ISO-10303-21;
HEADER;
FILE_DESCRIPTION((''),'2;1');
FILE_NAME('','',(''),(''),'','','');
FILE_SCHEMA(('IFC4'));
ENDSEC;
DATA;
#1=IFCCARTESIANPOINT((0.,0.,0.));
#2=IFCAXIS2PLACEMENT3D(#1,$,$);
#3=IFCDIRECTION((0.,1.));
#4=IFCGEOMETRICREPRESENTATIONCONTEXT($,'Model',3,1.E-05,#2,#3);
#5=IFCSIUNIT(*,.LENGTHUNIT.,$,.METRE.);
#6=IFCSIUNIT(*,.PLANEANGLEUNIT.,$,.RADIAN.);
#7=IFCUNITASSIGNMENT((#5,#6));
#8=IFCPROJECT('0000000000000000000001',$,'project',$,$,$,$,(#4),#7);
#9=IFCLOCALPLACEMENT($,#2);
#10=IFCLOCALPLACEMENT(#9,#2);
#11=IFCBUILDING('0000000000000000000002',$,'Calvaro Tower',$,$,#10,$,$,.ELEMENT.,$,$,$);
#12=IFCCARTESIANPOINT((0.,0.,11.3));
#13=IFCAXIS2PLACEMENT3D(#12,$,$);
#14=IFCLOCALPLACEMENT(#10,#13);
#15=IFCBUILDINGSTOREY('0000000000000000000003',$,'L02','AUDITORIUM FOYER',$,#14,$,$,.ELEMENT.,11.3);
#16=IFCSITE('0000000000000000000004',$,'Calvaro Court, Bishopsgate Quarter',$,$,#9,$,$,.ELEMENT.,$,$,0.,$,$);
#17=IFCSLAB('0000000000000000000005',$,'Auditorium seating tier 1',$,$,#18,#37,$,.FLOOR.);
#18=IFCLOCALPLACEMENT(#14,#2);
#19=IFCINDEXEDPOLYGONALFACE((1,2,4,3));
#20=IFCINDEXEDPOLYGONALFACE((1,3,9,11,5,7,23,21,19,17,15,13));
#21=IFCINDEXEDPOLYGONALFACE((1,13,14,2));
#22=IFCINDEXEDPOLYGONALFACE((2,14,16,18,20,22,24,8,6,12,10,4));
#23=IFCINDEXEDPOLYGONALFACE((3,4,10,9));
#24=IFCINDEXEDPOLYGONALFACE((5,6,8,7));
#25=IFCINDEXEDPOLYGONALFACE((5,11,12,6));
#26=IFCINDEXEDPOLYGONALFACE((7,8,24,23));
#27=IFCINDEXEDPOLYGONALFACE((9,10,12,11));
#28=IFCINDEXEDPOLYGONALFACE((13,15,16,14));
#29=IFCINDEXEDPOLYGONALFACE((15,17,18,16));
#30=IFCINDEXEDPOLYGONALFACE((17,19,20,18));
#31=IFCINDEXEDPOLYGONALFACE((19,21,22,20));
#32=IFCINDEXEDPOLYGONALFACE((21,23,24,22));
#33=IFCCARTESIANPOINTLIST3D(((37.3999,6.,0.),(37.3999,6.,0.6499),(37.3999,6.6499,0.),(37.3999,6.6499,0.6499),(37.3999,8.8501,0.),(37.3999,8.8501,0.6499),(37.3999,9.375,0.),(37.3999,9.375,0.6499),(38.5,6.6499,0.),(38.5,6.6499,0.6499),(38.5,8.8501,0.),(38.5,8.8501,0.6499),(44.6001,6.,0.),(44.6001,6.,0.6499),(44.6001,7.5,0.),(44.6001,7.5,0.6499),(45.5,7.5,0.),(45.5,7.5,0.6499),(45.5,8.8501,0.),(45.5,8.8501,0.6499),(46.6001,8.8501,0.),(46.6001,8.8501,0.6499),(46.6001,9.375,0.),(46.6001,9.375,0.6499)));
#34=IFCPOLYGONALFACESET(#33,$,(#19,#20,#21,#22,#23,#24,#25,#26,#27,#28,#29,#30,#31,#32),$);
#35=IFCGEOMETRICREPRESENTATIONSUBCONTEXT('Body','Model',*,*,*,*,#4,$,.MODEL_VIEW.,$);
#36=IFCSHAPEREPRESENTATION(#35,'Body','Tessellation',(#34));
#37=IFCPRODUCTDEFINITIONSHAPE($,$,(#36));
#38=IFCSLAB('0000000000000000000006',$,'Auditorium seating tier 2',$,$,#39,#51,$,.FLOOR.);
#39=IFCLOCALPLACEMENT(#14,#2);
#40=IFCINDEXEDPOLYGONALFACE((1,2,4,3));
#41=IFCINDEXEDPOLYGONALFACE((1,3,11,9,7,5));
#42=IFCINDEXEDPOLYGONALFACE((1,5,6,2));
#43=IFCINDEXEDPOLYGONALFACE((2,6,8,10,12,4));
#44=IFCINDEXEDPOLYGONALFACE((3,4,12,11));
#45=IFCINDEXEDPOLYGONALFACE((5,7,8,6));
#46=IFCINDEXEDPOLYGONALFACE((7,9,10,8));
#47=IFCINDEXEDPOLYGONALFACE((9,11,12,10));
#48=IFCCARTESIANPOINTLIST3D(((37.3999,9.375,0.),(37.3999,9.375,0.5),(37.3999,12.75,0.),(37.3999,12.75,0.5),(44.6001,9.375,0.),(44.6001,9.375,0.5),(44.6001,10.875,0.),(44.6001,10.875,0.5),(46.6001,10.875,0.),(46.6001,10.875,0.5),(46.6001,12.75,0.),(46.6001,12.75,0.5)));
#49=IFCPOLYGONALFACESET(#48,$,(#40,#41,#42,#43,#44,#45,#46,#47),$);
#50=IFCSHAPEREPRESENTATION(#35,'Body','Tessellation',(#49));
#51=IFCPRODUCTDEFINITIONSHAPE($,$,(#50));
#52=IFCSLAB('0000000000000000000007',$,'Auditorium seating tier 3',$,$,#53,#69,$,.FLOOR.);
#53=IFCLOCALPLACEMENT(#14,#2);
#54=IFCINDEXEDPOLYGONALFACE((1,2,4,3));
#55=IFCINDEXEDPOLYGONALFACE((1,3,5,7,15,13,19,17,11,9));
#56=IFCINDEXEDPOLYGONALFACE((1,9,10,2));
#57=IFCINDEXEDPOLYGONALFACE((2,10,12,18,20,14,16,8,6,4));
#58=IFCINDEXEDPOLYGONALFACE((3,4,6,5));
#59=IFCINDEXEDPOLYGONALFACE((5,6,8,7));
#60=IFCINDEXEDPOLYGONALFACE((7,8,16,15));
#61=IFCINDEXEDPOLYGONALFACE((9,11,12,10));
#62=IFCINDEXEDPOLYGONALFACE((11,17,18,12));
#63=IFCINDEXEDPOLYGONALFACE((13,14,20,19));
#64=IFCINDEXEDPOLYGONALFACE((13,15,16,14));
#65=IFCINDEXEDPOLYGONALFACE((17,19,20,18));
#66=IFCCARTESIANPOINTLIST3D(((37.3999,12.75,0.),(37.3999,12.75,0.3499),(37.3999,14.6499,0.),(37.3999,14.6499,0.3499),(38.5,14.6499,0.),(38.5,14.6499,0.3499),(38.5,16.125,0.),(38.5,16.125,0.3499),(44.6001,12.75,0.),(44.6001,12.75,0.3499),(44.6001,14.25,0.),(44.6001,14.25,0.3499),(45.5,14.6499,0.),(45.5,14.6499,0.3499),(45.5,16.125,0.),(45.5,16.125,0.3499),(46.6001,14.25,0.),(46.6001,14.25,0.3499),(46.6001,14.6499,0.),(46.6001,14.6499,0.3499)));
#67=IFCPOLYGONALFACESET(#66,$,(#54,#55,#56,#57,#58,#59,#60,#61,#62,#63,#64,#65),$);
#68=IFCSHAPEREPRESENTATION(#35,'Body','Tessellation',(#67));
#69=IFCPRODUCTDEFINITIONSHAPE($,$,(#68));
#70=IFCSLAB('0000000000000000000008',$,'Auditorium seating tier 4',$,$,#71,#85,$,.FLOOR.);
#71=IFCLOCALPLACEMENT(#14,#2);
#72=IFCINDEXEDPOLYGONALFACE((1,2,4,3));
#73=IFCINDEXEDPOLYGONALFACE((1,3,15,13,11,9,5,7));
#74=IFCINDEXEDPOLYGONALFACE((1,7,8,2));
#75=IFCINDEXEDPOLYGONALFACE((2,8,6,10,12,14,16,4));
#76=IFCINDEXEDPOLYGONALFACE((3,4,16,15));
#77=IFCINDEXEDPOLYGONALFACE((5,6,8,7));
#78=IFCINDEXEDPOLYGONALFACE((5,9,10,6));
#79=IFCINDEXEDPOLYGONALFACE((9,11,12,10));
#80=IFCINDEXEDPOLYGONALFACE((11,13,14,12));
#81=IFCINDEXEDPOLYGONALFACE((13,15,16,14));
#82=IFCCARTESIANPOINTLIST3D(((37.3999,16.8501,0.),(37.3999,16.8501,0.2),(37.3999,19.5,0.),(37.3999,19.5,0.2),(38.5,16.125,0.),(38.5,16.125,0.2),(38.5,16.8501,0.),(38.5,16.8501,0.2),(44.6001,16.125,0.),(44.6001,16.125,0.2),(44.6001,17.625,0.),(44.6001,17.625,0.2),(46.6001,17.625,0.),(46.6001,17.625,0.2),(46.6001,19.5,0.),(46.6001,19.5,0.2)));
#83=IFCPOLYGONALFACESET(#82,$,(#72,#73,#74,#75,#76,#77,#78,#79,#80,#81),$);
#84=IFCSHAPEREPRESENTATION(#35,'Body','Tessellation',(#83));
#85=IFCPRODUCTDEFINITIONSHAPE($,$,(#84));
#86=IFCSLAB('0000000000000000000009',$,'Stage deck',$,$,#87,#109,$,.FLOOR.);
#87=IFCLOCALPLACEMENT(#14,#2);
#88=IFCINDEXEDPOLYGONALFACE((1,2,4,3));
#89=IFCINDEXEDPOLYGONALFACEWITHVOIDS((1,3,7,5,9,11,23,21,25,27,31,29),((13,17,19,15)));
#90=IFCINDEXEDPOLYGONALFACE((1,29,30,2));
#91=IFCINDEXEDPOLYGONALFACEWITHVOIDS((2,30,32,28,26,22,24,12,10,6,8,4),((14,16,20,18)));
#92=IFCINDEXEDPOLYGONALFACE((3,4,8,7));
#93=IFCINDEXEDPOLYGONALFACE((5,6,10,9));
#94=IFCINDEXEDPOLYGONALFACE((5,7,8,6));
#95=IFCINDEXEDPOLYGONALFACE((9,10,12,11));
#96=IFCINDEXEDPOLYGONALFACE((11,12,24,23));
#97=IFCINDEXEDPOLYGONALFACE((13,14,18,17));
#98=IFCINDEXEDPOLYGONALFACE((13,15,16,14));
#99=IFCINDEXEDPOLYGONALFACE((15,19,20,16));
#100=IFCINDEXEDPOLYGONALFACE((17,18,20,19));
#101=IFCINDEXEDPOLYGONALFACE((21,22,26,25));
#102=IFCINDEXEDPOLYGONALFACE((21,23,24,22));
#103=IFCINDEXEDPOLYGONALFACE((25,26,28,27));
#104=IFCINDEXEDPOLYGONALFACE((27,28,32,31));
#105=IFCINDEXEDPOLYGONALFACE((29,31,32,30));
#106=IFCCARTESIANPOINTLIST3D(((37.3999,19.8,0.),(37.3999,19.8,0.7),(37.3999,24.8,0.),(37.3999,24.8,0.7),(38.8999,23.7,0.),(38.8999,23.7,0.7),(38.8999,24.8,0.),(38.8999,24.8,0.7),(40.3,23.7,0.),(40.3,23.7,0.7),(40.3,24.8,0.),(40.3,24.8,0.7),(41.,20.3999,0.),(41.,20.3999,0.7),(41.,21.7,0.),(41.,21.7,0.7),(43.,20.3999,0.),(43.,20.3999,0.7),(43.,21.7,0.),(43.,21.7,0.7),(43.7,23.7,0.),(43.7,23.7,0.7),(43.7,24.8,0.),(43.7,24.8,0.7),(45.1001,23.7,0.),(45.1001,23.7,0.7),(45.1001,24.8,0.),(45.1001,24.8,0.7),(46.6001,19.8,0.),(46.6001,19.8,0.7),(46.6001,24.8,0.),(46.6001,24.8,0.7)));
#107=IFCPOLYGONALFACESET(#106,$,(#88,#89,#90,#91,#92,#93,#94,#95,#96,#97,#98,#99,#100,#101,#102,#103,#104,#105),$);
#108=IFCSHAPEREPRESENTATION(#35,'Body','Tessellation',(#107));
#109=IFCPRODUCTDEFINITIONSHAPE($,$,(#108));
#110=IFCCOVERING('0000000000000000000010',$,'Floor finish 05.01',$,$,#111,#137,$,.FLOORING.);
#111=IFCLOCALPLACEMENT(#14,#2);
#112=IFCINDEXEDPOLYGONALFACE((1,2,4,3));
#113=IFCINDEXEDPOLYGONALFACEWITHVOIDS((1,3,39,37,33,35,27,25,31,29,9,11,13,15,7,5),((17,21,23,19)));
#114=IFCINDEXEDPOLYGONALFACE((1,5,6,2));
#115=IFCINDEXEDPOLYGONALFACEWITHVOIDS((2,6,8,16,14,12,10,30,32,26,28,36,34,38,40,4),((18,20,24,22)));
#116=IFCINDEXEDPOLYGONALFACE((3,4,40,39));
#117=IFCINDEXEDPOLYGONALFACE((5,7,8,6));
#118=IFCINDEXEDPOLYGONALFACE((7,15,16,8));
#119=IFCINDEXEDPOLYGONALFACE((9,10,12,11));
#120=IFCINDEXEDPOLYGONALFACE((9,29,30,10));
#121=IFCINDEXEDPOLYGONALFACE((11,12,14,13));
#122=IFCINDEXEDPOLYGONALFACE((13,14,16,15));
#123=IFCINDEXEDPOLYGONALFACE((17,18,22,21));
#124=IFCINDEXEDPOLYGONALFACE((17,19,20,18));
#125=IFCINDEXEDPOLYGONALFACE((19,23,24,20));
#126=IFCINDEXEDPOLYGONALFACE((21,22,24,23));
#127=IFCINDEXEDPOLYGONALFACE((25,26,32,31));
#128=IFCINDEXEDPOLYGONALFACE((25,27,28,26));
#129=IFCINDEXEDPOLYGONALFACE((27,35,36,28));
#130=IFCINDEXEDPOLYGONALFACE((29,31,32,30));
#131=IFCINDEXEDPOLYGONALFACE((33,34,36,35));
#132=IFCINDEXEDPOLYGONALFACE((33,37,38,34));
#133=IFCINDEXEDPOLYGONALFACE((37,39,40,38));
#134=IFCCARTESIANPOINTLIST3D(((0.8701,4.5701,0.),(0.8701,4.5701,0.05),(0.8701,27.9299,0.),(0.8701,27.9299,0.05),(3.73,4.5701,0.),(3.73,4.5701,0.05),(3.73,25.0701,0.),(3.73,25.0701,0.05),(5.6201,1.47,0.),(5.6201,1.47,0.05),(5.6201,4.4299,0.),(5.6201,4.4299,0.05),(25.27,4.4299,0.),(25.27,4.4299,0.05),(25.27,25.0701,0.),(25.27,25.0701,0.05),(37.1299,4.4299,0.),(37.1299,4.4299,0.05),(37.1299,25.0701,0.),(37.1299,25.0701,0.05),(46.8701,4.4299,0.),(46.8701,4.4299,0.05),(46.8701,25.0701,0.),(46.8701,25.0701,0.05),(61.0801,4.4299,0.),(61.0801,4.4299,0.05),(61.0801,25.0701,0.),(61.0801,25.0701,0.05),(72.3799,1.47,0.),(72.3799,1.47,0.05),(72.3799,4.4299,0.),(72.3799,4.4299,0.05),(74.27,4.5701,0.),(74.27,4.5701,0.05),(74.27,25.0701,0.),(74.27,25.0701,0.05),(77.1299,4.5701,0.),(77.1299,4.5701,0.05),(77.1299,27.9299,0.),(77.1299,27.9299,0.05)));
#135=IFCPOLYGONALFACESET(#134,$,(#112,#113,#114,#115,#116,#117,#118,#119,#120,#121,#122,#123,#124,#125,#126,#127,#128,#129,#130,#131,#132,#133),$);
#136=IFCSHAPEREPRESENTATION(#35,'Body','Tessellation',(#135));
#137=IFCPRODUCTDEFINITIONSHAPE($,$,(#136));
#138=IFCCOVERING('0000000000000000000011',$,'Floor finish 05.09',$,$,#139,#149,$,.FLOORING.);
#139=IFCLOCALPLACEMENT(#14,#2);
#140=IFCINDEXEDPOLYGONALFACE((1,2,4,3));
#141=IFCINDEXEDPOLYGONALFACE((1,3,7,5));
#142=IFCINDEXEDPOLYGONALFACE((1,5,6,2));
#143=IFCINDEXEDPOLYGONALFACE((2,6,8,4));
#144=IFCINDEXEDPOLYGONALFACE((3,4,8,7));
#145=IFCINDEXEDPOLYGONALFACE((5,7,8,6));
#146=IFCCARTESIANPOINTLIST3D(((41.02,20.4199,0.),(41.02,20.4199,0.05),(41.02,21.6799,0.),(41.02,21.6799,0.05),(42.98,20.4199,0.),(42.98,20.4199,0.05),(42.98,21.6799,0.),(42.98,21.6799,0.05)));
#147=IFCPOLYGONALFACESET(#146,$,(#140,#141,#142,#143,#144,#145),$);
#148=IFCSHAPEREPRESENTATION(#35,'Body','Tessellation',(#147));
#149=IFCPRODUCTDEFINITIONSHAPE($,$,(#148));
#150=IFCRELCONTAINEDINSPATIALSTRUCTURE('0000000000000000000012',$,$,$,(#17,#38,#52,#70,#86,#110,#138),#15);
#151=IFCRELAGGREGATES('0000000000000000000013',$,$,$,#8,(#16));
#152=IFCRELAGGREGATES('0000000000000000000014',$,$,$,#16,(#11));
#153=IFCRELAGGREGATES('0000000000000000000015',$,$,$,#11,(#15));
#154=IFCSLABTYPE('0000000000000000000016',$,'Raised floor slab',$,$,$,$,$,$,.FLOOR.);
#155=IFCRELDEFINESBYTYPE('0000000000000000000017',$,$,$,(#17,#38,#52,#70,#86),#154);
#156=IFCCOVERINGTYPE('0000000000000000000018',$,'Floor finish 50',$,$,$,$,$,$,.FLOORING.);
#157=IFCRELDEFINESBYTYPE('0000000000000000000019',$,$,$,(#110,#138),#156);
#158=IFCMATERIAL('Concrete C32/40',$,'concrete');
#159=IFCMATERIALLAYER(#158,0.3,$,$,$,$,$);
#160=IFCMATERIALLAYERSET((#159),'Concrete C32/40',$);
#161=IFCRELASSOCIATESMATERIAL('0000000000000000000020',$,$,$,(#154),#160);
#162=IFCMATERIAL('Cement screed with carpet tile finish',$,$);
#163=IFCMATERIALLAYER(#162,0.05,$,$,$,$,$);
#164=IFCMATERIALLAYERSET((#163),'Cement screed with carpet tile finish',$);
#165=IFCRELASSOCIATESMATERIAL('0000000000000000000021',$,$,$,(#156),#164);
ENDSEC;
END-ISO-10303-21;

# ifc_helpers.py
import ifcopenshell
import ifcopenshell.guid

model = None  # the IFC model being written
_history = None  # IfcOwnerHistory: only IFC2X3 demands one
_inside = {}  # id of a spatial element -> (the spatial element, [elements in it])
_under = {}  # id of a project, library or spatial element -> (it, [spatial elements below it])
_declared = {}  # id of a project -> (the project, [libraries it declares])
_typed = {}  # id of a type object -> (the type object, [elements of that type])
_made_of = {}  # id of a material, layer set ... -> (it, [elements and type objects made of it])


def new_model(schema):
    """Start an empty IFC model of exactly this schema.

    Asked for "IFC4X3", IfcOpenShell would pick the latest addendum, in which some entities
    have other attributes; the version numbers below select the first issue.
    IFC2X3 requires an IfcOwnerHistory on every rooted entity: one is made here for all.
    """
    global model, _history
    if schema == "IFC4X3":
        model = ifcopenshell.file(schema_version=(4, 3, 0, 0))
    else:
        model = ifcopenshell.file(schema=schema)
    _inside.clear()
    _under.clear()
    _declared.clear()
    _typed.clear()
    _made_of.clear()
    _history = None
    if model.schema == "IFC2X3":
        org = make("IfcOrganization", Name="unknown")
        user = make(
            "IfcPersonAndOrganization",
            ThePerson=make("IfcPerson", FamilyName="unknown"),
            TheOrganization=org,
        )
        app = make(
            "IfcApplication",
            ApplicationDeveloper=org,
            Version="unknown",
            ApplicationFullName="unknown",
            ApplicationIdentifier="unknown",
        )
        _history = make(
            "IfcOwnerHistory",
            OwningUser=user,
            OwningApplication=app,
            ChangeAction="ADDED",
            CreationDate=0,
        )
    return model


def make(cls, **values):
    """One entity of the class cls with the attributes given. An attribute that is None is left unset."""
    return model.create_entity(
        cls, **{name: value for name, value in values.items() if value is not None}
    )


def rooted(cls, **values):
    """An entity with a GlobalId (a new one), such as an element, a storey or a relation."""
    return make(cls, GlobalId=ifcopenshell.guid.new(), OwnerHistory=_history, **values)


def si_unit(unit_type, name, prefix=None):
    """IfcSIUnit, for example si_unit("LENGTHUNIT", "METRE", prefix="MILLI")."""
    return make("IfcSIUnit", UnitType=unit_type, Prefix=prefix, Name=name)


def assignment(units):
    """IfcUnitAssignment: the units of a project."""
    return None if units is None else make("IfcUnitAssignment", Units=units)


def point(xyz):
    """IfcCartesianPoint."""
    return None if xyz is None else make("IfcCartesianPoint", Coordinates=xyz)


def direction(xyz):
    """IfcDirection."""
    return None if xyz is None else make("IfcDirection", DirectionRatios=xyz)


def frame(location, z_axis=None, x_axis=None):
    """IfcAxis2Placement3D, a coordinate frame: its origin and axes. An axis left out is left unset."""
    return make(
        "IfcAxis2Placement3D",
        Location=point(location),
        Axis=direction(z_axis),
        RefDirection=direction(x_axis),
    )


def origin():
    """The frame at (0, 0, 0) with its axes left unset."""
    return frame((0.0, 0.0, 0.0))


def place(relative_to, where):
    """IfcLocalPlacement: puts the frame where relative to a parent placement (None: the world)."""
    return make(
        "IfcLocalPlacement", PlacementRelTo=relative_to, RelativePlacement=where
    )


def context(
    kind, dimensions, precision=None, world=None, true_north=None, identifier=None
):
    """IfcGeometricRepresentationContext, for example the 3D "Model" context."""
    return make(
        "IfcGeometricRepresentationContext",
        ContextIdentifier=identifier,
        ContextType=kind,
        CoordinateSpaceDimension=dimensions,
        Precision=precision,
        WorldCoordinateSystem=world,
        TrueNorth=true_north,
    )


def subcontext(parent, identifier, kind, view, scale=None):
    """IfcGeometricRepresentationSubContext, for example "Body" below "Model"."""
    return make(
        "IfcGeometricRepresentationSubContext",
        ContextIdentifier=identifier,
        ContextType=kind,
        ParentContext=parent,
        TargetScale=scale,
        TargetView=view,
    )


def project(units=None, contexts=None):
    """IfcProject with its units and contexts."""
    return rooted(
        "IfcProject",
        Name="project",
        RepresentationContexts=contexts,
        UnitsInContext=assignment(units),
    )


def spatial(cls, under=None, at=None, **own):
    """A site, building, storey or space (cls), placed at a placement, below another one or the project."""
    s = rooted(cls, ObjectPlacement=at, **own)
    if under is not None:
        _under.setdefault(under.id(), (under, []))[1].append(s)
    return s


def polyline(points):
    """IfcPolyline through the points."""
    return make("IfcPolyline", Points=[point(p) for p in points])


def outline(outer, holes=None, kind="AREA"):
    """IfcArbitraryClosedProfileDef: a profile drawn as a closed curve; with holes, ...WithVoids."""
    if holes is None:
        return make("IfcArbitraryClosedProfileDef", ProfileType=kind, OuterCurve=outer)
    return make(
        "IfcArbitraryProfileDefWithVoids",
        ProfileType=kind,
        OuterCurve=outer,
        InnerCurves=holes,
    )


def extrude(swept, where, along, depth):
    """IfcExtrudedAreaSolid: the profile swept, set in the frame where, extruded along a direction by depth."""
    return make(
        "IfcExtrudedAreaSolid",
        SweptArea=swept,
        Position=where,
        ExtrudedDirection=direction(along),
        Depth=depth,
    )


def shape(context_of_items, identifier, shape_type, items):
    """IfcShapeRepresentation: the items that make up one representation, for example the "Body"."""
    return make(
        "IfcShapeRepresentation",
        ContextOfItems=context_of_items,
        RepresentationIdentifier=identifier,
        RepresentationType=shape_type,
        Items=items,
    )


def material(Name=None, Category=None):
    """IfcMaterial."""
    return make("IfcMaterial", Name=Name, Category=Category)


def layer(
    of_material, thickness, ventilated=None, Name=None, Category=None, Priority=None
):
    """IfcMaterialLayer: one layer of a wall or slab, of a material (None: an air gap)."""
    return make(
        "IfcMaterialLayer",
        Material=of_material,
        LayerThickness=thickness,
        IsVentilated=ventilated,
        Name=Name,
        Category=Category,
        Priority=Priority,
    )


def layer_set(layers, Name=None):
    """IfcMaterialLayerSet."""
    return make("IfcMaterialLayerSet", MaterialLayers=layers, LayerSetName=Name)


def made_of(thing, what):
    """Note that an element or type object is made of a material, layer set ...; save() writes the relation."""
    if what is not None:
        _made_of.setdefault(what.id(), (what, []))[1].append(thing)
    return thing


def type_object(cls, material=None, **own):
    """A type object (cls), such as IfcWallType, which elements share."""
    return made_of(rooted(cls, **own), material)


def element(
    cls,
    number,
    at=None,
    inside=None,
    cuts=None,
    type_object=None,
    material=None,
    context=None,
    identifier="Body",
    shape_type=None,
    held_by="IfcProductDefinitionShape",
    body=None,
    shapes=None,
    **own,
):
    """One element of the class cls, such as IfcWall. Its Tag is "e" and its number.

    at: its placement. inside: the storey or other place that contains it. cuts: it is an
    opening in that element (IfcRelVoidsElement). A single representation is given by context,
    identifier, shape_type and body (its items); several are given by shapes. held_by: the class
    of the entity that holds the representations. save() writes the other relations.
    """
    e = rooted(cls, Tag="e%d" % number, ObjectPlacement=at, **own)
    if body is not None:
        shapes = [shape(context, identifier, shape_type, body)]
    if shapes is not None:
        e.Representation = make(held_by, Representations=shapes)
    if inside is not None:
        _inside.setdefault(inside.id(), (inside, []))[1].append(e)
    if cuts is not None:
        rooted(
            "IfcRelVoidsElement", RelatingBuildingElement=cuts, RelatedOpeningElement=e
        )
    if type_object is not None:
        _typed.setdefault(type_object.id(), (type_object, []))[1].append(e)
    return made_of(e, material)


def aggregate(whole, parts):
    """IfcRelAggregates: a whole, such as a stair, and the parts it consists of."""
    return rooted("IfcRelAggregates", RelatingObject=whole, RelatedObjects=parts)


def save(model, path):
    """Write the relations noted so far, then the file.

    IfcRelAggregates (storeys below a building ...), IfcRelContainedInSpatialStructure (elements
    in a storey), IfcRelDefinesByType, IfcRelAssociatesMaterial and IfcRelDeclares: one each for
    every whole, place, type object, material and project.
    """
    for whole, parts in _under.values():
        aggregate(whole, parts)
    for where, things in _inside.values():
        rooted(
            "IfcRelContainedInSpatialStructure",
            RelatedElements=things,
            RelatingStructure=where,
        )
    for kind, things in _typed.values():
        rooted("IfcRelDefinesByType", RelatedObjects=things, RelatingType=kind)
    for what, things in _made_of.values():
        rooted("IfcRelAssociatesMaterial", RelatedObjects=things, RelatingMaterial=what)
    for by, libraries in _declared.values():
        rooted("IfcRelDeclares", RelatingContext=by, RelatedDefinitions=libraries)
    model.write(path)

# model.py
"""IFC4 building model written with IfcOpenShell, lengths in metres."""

from ifc_helpers import new_model, si_unit, direction, frame, origin, place, context, subcontext, project, spatial, polyline, outline, extrude, material, layer, layer_set, type_object, element, save


model = new_model("IFC4")

# Units and contexts
model_context = context("Model", 3, precision=1e-05, world=origin(), true_north=direction((0.0, 1.0)))
body_context = subcontext(model_context, "Body", "Model", "MODEL_VIEW")
ifc_project = project(units=[si_unit("LENGTHUNIT", "METRE"), si_unit("PLANEANGLEUNIT", "RADIAN")], contexts=[model_context])

# Site, building, storey
site_placement = place(None, origin())
site = spatial("IfcSite", under=ifc_project, at=site_placement, Name="Calvaro Court, Bishopsgate Quarter", CompositionType="ELEMENT", RefElevation=0.0)
building_placement = place(site_placement, origin())
building = spatial("IfcBuilding", under=site, at=building_placement, Name="Calvaro Tower", CompositionType="ELEMENT")
storey_placement = place(building_placement, frame((0.0, 0.0, 11.3)))
storey = spatial("IfcBuildingStorey", under=building, at=storey_placement, Name="L02", Description="AUDITORIUM FOYER", CompositionType="ELEMENT", Elevation=11.3)

# Slabs
ifc_material_1 = material(Name="Concrete C32/40", Category="concrete")
ifc_layer_1 = layer(ifc_material_1, 0.3)
ifc_layer_set_1 = layer_set([ifc_layer_1], Name="Concrete C32/40")
slab_type_1 = type_object("IfcSlabType", Name="Raised floor slab", PredefinedType="FLOOR", material=ifc_layer_set_1)
slab_1_placement = place(storey_placement, origin())
element("IfcSlab", 1, at=slab_1_placement, inside=storey, type_object=slab_type_1, Name="Auditorium seating tier 1", PredefinedType="FLOOR", context=body_context, shape_type="SweptSolid", body=[
    extrude(outline(polyline([(37.3999, 6.6499), (38.5, 6.6499), (38.5, 8.8501), (37.3999, 8.8501), (37.3999, 9.375), (46.6001, 9.375), (46.6001, 8.8501), (45.5, 8.8501), (45.5, 7.5), (44.6001, 7.5), (44.6001, 6.0), (37.3999, 6.0), (37.3999, 6.6499)])), origin(), (0.0, 0.0, 1.0), 0.6499),
])
slab_2_placement = place(storey_placement, origin())
element("IfcSlab", 2, at=slab_2_placement, inside=storey, type_object=slab_type_1, Name="Auditorium seating tier 2", PredefinedType="FLOOR", context=body_context, shape_type="SweptSolid", body=[
    extrude(outline(polyline([(37.3999, 12.75), (46.6001, 12.75), (46.6001, 10.875), (44.6001, 10.875), (44.6001, 9.375), (37.3999, 9.375), (37.3999, 12.75)])), origin(), (0.0, 0.0, 1.0), 0.5),
])
slab_3_placement = place(storey_placement, origin())
element("IfcSlab", 3, at=slab_3_placement, inside=storey, type_object=slab_type_1, Name="Auditorium seating tier 3", PredefinedType="FLOOR", context=body_context, shape_type="SweptSolid", body=[
    extrude(outline(polyline([(37.3999, 14.6499), (38.5, 14.6499), (38.5, 16.125), (45.5, 16.125), (45.5, 14.6499), (46.6001, 14.6499), (46.6001, 14.25), (44.6001, 14.25), (44.6001, 12.75), (37.3999, 12.75), (37.3999, 14.6499)])), origin(), (0.0, 0.0, 1.0), 0.3499),
])
slab_4_placement = place(storey_placement, origin())
element("IfcSlab", 4, at=slab_4_placement, inside=storey, type_object=slab_type_1, Name="Auditorium seating tier 4", PredefinedType="FLOOR", context=body_context, shape_type="SweptSolid", body=[
    extrude(outline(polyline([(37.3999, 19.5), (46.6001, 19.5), (46.6001, 17.625), (44.6001, 17.625), (44.6001, 16.125), (38.5, 16.125), (38.5, 16.8501), (37.3999, 16.8501), (37.3999, 19.5)])), origin(), (0.0, 0.0, 1.0), 0.2),
])
slab_5_placement = place(storey_placement, origin())
element("IfcSlab", 5, at=slab_5_placement, inside=storey, type_object=slab_type_1, Name="Stage deck", PredefinedType="FLOOR", context=body_context, shape_type="SweptSolid", body=[
    extrude(outline(polyline([(37.3999, 24.8), (38.8999, 24.8), (38.8999, 23.7), (40.3, 23.7), (40.3, 24.8), (43.7, 24.8), (43.7, 23.7), (45.1001, 23.7), (45.1001, 24.8), (46.6001, 24.8), (46.6001, 19.8), (37.3999, 19.8), (37.3999, 24.8)]), holes=[polyline([(41.0, 21.7), (41.0, 20.3999), (43.0, 20.3999), (43.0, 21.7), (41.0, 21.7)])]), origin(), (0.0, 0.0, 1.0), 0.7),
])

# Coverings
ifc_material_2 = material(Name="Cement screed with carpet tile finish")
ifc_layer_2 = layer(ifc_material_2, 0.05)
ifc_layer_set_2 = layer_set([ifc_layer_2], Name="Cement screed with carpet tile finish")
covering_type = type_object("IfcCoveringType", Name="Floor finish 50", PredefinedType="FLOORING", material=ifc_layer_set_2)
covering_1_placement = place(storey_placement, origin())
element("IfcCovering", 6, at=covering_1_placement, inside=storey, type_object=covering_type, Name="Floor finish 05.01", PredefinedType="FLOORING", context=body_context, shape_type="SweptSolid", body=[
    extrude(outline(polyline([(5.6201, 4.4299), (25.27, 4.4299), (25.27, 25.0701), (3.73, 25.0701), (3.73, 4.5701), (0.8701, 4.5701), (0.8701, 27.9299), (77.1299, 27.9299), (77.1299, 4.5701), (74.27, 4.5701), (74.27, 25.0701), (61.0801, 25.0701), (61.0801, 4.4299), (72.3799, 4.4299), (72.3799, 1.47), (5.6201, 1.47), (5.6201, 4.4299)]), holes=[polyline([(46.8701, 25.0701), (37.1299, 25.0701), (37.1299, 4.4299), (46.8701, 4.4299), (46.8701, 25.0701)])]), origin(), (0.0, 0.0, 1.0), 0.05),
])
covering_2_placement = place(storey_placement, origin())
element("IfcCovering", 7, at=covering_2_placement, inside=storey, type_object=covering_type, Name="Floor finish 05.09", PredefinedType="FLOORING", context=body_context, shape_type="SweptSolid", body=[
    extrude(outline(polyline([(42.98, 20.4199), (41.02, 20.4199), (41.02, 21.6799), (42.98, 21.6799), (42.98, 20.4199)])), origin(), (0.0, 0.0, 1.0), 0.05),
])

save(model, "model.ifc")
